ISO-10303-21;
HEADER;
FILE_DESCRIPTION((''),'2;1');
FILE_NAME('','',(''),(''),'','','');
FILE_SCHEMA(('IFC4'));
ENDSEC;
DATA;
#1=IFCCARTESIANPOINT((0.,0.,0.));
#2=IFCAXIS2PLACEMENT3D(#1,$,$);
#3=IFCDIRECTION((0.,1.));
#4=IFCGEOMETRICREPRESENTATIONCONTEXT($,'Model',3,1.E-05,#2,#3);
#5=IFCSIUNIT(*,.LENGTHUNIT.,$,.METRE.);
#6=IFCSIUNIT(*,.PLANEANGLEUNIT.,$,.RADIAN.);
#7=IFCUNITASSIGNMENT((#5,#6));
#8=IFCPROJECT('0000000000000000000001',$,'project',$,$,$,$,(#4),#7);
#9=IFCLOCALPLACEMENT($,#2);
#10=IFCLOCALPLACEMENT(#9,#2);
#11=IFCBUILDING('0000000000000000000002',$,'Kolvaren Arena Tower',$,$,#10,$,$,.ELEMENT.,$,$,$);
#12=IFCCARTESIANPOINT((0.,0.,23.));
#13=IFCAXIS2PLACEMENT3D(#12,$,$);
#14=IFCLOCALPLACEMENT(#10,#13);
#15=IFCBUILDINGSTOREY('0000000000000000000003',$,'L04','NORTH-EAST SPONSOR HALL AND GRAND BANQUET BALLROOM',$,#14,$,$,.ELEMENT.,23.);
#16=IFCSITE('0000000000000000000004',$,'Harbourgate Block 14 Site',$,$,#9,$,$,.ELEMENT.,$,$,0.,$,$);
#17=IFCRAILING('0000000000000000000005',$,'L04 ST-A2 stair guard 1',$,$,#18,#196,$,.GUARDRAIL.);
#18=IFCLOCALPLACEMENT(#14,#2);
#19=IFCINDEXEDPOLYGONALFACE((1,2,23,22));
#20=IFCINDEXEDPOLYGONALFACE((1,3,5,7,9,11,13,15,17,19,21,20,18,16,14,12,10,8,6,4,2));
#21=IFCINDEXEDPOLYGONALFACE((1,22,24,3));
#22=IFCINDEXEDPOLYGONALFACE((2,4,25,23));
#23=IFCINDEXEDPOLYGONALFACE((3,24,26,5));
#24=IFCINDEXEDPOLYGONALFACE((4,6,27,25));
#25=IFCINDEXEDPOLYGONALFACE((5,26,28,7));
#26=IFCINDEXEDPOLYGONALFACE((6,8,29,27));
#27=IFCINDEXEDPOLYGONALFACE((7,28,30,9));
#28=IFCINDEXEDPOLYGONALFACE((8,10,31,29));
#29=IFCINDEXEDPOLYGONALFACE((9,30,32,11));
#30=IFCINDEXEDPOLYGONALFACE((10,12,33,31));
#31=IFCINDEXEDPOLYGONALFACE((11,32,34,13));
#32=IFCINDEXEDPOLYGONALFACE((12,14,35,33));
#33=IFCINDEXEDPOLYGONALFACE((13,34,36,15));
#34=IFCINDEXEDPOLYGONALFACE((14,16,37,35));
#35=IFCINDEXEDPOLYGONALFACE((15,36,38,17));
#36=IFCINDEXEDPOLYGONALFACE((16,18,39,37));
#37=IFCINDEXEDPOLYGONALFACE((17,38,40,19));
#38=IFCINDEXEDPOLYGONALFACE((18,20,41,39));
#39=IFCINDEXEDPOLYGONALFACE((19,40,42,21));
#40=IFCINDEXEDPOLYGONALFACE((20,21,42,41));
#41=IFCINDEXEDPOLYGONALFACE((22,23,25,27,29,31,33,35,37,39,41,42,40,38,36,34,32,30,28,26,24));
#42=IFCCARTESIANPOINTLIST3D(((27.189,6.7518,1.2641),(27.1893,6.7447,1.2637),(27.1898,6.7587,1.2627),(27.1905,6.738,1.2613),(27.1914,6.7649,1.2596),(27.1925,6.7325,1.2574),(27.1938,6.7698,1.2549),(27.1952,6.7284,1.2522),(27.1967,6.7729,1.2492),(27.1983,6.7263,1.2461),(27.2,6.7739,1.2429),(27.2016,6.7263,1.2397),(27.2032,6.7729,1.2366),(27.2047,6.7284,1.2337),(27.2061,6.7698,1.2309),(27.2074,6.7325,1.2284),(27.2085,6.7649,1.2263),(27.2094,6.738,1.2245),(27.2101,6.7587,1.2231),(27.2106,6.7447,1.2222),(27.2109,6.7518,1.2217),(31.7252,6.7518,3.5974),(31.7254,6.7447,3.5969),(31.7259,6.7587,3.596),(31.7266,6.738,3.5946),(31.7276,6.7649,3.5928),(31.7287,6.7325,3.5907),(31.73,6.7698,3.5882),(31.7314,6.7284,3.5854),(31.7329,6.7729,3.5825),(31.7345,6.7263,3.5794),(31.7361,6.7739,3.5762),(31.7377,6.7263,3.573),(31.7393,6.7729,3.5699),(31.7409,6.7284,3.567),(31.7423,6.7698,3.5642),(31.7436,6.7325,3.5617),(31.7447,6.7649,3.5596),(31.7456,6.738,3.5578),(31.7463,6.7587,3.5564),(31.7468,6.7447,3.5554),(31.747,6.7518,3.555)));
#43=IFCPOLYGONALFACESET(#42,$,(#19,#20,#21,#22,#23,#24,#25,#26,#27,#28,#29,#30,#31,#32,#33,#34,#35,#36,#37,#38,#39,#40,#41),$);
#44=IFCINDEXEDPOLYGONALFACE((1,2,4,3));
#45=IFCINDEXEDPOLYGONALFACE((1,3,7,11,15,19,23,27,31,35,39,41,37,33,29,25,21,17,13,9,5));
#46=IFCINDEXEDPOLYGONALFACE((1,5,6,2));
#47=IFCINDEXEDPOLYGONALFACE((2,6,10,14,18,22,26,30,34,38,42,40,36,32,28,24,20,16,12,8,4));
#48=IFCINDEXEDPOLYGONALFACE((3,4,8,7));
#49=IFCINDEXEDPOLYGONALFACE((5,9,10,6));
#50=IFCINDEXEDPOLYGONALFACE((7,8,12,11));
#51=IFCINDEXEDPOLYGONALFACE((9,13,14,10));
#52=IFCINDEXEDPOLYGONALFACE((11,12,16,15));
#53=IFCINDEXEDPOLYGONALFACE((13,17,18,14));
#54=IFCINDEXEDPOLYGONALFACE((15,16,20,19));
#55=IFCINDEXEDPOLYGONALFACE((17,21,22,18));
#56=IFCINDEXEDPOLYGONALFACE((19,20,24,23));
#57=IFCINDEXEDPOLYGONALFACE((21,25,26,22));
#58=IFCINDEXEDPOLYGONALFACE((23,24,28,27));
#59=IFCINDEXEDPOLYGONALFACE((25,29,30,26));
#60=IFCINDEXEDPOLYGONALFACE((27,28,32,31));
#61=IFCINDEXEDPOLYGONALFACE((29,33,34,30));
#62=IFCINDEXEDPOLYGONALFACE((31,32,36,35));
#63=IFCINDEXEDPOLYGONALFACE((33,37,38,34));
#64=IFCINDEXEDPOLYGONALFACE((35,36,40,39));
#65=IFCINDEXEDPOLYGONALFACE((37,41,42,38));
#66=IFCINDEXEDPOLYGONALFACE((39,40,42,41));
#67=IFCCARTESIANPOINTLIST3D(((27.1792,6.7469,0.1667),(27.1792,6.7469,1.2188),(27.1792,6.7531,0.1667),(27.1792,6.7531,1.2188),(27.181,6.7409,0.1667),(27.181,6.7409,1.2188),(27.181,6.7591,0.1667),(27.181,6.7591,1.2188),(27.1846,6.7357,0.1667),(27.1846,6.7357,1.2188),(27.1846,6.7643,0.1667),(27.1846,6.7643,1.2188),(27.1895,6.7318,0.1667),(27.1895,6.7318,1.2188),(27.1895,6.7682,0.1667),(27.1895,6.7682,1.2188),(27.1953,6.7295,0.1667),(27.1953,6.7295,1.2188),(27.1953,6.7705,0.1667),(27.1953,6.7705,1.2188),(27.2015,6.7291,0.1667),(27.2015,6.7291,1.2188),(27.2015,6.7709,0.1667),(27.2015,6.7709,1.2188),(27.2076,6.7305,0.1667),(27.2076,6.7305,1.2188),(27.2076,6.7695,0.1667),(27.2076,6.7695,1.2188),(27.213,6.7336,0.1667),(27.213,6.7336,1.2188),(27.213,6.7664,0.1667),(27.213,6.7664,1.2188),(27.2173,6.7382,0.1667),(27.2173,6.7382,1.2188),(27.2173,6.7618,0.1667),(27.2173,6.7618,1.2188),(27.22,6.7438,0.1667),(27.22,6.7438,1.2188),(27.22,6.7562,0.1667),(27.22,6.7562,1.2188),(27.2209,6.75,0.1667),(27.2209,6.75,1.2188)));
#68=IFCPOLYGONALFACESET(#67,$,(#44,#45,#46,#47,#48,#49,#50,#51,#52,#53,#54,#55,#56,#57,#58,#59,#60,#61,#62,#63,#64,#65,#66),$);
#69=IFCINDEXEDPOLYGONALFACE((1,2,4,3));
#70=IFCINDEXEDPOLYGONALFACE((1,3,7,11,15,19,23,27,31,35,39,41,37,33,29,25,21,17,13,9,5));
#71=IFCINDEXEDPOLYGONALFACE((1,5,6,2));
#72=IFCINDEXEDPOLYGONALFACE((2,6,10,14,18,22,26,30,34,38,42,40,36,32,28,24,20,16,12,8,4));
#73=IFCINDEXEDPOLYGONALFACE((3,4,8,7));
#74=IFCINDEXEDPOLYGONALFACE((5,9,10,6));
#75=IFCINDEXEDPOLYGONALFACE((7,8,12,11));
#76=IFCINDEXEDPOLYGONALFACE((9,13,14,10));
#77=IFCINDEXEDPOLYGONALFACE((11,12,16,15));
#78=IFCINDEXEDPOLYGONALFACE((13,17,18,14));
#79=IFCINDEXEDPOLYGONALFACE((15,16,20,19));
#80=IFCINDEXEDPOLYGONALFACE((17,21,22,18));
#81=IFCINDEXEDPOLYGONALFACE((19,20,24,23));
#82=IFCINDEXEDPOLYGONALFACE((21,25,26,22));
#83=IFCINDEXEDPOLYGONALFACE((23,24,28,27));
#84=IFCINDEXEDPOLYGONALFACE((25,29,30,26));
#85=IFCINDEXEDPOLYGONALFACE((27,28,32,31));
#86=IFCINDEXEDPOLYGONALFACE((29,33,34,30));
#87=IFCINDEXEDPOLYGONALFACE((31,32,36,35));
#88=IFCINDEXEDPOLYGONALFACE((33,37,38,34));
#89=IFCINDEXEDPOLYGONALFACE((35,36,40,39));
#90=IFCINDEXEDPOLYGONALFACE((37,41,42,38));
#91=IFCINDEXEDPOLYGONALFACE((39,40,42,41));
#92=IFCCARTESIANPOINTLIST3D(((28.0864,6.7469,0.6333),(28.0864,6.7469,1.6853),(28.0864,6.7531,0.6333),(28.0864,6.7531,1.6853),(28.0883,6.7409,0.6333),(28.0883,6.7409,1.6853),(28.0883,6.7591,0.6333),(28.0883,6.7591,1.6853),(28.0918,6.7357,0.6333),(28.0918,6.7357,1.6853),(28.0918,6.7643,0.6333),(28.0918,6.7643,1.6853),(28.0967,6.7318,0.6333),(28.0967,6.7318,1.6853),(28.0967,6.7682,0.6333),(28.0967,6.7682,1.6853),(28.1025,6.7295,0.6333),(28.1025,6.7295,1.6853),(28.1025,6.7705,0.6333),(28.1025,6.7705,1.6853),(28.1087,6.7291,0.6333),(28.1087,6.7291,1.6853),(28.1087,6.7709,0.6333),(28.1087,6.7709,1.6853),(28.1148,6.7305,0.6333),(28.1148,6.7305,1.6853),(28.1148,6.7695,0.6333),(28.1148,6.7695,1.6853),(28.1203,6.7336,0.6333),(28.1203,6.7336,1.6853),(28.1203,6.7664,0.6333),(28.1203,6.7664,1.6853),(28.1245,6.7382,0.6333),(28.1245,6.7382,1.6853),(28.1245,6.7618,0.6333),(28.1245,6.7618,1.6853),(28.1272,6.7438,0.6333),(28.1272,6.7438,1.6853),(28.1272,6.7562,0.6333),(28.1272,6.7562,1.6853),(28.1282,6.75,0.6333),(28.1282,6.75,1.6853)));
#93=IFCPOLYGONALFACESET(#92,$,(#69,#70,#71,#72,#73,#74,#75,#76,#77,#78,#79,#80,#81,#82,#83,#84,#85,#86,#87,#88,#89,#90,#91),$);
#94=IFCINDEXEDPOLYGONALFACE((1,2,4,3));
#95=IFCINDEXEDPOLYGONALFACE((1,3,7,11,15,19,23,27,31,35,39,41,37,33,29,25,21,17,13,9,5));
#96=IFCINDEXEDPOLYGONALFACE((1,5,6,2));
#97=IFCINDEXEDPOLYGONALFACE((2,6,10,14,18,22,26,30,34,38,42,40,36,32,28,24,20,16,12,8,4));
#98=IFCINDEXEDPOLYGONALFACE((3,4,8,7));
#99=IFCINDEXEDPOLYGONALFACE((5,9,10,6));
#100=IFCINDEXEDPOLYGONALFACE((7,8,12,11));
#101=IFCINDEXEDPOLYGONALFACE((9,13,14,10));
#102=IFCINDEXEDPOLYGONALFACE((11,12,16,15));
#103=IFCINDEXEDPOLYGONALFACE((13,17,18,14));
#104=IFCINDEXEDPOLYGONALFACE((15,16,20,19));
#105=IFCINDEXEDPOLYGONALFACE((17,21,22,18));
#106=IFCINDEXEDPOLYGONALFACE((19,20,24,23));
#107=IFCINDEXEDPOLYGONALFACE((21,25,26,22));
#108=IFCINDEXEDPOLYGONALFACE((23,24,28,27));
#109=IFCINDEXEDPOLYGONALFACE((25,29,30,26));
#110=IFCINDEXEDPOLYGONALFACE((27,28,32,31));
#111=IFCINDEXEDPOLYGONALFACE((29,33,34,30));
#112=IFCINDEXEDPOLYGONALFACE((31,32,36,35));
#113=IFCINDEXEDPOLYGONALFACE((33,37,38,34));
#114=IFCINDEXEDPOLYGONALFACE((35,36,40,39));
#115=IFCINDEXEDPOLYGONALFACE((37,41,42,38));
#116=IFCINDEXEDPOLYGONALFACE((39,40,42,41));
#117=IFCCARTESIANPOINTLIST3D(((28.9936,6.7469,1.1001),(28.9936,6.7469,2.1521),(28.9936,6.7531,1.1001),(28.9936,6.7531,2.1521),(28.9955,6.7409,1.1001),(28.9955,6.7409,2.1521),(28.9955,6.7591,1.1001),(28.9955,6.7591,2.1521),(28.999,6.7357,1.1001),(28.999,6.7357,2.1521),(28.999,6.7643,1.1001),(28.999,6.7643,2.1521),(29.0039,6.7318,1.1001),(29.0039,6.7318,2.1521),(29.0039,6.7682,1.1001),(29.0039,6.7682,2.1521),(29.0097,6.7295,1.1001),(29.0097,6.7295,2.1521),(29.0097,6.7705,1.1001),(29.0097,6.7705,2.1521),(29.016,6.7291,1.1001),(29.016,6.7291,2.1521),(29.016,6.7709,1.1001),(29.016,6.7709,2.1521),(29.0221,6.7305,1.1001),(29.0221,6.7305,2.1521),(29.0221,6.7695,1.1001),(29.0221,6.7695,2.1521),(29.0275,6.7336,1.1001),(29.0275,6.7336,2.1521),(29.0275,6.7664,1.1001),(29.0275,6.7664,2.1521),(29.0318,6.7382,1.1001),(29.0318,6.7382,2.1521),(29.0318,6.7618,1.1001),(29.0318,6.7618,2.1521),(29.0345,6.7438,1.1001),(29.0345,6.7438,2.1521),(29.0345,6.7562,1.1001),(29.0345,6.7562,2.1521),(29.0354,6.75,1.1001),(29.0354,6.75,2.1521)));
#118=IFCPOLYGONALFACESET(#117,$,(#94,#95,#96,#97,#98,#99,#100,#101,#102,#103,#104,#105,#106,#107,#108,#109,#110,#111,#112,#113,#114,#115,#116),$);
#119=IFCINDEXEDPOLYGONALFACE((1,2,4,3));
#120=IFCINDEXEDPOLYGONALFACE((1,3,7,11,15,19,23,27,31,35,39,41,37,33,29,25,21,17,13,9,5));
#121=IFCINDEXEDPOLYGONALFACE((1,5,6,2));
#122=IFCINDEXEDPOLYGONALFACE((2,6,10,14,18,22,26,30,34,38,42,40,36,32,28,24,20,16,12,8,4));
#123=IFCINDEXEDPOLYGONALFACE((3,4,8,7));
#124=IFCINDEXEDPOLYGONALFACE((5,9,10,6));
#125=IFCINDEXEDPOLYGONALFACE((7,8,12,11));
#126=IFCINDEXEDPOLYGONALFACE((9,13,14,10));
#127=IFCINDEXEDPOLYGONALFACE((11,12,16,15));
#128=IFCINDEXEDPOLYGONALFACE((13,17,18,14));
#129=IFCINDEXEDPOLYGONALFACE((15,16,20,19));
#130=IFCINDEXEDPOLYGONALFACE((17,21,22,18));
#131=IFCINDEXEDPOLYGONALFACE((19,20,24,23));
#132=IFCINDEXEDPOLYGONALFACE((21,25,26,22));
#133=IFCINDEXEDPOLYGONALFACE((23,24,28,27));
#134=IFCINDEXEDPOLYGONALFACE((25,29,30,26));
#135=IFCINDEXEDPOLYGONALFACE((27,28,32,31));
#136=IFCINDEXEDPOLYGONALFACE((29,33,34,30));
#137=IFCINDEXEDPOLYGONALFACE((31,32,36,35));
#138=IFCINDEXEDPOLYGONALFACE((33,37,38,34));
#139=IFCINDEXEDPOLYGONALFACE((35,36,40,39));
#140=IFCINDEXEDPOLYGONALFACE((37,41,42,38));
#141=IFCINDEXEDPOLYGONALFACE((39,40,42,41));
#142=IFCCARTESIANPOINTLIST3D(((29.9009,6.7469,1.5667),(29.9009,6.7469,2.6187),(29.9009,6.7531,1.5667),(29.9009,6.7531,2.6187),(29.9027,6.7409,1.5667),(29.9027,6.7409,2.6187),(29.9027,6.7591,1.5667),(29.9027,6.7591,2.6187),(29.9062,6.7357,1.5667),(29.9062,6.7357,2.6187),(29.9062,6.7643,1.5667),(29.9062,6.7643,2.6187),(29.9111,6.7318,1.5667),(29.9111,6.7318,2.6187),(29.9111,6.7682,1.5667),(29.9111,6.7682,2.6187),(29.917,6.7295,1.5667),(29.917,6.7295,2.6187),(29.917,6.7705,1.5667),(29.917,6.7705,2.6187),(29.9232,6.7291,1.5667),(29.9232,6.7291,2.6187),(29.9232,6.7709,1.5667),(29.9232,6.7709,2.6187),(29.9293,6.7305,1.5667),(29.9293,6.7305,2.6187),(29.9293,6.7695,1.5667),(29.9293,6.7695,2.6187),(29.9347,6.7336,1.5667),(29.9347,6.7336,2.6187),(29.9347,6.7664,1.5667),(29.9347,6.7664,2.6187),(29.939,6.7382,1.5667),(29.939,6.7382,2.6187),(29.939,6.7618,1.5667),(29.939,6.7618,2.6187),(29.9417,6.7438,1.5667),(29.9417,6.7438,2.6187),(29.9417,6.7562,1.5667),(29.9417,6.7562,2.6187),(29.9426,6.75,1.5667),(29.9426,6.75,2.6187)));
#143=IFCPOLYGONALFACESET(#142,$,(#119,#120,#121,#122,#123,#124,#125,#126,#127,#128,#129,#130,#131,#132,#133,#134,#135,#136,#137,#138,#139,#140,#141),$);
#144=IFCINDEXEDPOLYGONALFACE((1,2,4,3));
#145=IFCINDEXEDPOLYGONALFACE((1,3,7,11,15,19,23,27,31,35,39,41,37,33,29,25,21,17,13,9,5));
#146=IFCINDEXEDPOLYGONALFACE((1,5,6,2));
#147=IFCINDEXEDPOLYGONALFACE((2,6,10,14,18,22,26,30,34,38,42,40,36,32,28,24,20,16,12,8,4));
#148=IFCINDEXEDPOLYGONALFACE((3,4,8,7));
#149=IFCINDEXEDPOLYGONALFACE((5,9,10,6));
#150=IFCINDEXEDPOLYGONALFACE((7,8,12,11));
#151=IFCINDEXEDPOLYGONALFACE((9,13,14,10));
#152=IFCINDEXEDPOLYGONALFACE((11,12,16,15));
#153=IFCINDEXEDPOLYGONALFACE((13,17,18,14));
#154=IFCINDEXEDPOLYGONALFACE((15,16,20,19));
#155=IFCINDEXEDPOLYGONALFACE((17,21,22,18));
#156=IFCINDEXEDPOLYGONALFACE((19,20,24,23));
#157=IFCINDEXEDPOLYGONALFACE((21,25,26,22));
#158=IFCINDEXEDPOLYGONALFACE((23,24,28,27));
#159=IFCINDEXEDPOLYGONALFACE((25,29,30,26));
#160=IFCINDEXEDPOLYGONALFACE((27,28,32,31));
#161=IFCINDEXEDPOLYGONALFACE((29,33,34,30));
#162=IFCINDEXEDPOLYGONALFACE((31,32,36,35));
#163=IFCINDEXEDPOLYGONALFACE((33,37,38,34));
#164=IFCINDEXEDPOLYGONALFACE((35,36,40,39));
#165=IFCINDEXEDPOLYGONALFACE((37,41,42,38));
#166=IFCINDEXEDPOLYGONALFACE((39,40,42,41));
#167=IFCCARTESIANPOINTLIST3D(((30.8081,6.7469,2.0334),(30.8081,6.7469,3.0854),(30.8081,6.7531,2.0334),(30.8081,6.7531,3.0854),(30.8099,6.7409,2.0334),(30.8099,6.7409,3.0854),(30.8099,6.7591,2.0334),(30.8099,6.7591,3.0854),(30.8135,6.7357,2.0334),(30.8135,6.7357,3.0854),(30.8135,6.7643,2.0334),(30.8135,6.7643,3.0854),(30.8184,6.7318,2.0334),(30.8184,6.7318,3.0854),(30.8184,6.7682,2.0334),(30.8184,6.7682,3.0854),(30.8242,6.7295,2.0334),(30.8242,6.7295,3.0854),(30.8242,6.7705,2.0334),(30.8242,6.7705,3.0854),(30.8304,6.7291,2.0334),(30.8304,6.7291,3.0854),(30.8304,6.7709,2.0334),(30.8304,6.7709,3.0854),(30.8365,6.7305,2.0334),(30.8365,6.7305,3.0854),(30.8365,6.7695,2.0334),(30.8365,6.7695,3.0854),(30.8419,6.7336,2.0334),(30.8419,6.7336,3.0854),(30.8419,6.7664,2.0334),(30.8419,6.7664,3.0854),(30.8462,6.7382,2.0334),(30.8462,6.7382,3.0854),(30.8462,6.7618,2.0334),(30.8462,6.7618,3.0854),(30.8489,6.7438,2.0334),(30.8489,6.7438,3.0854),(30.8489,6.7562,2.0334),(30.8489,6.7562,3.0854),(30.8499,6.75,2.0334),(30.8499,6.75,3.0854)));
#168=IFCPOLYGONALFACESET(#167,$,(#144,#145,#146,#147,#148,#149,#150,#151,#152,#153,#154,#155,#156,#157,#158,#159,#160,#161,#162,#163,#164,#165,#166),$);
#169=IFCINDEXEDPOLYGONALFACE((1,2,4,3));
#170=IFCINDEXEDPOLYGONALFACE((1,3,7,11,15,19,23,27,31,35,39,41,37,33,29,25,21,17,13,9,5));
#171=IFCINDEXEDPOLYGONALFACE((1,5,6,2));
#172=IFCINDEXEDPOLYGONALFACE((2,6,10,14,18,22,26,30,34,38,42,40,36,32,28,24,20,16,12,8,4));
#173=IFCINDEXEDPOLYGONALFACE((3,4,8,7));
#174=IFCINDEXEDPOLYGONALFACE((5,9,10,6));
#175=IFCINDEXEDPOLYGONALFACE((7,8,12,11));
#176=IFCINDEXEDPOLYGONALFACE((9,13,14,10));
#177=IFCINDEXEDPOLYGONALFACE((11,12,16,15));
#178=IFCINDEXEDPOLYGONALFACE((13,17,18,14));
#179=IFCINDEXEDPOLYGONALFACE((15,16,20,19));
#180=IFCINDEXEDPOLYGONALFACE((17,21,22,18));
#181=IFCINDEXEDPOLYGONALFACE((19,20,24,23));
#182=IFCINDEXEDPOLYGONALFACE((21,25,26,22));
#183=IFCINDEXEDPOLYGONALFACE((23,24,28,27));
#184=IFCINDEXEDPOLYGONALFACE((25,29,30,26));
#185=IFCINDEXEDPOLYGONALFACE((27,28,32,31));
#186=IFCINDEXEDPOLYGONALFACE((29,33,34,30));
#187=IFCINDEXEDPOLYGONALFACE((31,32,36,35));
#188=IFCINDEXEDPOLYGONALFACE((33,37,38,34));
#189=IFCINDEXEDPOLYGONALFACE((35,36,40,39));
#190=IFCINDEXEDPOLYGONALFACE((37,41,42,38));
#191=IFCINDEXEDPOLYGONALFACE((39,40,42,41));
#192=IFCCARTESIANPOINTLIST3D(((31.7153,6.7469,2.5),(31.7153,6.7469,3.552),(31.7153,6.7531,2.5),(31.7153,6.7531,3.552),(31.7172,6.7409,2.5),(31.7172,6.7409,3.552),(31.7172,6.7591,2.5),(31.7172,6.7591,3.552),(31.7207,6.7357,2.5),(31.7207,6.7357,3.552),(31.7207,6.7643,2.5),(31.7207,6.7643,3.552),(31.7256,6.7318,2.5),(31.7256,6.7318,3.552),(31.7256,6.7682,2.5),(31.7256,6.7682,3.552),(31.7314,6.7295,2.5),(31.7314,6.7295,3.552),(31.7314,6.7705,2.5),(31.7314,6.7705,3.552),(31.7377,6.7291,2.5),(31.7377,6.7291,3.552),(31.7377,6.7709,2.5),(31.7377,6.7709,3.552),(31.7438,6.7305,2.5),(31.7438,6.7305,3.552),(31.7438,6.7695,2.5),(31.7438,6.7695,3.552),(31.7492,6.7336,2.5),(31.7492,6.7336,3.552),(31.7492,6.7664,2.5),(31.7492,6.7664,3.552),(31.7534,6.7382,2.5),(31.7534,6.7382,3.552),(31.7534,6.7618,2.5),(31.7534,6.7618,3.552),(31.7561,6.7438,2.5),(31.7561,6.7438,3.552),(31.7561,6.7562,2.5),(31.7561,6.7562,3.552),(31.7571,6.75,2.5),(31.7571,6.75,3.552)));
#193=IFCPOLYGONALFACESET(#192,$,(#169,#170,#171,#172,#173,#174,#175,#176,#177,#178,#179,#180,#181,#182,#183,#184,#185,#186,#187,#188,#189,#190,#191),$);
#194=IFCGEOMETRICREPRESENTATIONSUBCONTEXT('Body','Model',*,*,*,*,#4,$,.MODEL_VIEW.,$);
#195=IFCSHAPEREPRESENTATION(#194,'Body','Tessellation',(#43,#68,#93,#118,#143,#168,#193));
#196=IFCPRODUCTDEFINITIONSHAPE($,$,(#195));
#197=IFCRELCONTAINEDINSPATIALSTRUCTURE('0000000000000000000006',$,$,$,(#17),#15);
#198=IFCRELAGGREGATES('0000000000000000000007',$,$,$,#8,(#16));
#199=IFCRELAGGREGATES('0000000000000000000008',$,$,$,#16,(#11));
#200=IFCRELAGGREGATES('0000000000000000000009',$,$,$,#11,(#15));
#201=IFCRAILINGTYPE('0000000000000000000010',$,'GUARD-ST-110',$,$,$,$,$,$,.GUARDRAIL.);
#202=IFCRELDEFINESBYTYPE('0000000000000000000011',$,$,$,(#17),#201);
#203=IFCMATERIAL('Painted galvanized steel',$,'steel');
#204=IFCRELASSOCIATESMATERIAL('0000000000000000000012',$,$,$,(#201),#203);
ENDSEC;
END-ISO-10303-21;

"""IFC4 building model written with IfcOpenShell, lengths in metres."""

from ifc_helpers import new_model, si_unit, direction, frame, origin, origin_2d, place, context, subcontext, project, spatial, circle, extrude, material, type_object, element, save


model = new_model("IFC4")

# Units and contexts
model_context = context("Model", 3, precision=1e-05, world=origin(), true_north=direction((0.0, 1.0)))
body_context = subcontext(model_context, "Body", "Model", "MODEL_VIEW")
ifc_project = project(units=[si_unit("LENGTHUNIT", "METRE"), si_unit("PLANEANGLEUNIT", "RADIAN")], contexts=[model_context])

# Site, building, storey
site_placement = place(None, origin())
site = spatial("IfcSite", under=ifc_project, at=site_placement, Name="Harbourgate Block 14 Site", CompositionType="ELEMENT", RefElevation=0.0)
building_placement = place(site_placement, origin())
building = spatial("IfcBuilding", under=site, at=building_placement, Name="Kolvaren Arena Tower", CompositionType="ELEMENT")
storey_placement = place(building_placement, frame((0.0, 0.0, 23.0)))
storey = spatial("IfcBuildingStorey", under=building, at=storey_placement, Name="L04", Description="NORTH-EAST SPONSOR HALL AND GRAND BANQUET BALLROOM", CompositionType="ELEMENT", Elevation=23.0)

# Railing
ifc_material_1 = material(Name="Painted galvanized steel", Category="steel")
railing_type_1 = type_object("IfcRailingType", Name="GUARD-ST-110", PredefinedType="GUARDRAIL", material=ifc_material_1)
railing_1_placement = place(storey_placement, frame((27.2, 6.75, 0.1667)))
element("IfcRailing", 1, at=railing_1_placement, inside=storey, type_object=railing_type_1, Name="L04 ST-A2 stair guard 1", PredefinedType="GUARDRAIL", context=body_context, shape_type="SweptSolid", body=[
    extrude(circle(Radius=0.0239, at=origin_2d()), frame((0.0, 0.0, 1.0762), z_axis=(0.889257, 0.0, 0.457407), x_axis=(0.0, 1.0, 0.0)), (0.0, 0.0, 1.0), 5.1011),
    extrude(circle(Radius=0.021, at=origin_2d()), origin(), (0.0, 0.0, 1.0), 1.052),
    extrude(circle(Radius=0.021, at=origin_2d()), frame((0.9072, 0.0, 0.4666)), (0.0, 0.0, 1.0), 1.052),
    extrude(circle(Radius=0.021, at=origin_2d()), frame((1.8145, 0.0, 0.9333)), (0.0, 0.0, 1.0), 1.052),
    extrude(circle(Radius=0.021, at=origin_2d()), frame((2.7217, 0.0, 1.3999)), (0.0, 0.0, 1.0), 1.052),
    extrude(circle(Radius=0.021, at=origin_2d()), frame((3.6289, 0.0, 1.8667)), (0.0, 0.0, 1.0), 1.052),
    extrude(circle(Radius=0.021, at=origin_2d()), frame((4.5361, 0.0, 2.3333)), (0.0, 0.0, 1.0), 1.052),
])

save(model, "model.ifc")
